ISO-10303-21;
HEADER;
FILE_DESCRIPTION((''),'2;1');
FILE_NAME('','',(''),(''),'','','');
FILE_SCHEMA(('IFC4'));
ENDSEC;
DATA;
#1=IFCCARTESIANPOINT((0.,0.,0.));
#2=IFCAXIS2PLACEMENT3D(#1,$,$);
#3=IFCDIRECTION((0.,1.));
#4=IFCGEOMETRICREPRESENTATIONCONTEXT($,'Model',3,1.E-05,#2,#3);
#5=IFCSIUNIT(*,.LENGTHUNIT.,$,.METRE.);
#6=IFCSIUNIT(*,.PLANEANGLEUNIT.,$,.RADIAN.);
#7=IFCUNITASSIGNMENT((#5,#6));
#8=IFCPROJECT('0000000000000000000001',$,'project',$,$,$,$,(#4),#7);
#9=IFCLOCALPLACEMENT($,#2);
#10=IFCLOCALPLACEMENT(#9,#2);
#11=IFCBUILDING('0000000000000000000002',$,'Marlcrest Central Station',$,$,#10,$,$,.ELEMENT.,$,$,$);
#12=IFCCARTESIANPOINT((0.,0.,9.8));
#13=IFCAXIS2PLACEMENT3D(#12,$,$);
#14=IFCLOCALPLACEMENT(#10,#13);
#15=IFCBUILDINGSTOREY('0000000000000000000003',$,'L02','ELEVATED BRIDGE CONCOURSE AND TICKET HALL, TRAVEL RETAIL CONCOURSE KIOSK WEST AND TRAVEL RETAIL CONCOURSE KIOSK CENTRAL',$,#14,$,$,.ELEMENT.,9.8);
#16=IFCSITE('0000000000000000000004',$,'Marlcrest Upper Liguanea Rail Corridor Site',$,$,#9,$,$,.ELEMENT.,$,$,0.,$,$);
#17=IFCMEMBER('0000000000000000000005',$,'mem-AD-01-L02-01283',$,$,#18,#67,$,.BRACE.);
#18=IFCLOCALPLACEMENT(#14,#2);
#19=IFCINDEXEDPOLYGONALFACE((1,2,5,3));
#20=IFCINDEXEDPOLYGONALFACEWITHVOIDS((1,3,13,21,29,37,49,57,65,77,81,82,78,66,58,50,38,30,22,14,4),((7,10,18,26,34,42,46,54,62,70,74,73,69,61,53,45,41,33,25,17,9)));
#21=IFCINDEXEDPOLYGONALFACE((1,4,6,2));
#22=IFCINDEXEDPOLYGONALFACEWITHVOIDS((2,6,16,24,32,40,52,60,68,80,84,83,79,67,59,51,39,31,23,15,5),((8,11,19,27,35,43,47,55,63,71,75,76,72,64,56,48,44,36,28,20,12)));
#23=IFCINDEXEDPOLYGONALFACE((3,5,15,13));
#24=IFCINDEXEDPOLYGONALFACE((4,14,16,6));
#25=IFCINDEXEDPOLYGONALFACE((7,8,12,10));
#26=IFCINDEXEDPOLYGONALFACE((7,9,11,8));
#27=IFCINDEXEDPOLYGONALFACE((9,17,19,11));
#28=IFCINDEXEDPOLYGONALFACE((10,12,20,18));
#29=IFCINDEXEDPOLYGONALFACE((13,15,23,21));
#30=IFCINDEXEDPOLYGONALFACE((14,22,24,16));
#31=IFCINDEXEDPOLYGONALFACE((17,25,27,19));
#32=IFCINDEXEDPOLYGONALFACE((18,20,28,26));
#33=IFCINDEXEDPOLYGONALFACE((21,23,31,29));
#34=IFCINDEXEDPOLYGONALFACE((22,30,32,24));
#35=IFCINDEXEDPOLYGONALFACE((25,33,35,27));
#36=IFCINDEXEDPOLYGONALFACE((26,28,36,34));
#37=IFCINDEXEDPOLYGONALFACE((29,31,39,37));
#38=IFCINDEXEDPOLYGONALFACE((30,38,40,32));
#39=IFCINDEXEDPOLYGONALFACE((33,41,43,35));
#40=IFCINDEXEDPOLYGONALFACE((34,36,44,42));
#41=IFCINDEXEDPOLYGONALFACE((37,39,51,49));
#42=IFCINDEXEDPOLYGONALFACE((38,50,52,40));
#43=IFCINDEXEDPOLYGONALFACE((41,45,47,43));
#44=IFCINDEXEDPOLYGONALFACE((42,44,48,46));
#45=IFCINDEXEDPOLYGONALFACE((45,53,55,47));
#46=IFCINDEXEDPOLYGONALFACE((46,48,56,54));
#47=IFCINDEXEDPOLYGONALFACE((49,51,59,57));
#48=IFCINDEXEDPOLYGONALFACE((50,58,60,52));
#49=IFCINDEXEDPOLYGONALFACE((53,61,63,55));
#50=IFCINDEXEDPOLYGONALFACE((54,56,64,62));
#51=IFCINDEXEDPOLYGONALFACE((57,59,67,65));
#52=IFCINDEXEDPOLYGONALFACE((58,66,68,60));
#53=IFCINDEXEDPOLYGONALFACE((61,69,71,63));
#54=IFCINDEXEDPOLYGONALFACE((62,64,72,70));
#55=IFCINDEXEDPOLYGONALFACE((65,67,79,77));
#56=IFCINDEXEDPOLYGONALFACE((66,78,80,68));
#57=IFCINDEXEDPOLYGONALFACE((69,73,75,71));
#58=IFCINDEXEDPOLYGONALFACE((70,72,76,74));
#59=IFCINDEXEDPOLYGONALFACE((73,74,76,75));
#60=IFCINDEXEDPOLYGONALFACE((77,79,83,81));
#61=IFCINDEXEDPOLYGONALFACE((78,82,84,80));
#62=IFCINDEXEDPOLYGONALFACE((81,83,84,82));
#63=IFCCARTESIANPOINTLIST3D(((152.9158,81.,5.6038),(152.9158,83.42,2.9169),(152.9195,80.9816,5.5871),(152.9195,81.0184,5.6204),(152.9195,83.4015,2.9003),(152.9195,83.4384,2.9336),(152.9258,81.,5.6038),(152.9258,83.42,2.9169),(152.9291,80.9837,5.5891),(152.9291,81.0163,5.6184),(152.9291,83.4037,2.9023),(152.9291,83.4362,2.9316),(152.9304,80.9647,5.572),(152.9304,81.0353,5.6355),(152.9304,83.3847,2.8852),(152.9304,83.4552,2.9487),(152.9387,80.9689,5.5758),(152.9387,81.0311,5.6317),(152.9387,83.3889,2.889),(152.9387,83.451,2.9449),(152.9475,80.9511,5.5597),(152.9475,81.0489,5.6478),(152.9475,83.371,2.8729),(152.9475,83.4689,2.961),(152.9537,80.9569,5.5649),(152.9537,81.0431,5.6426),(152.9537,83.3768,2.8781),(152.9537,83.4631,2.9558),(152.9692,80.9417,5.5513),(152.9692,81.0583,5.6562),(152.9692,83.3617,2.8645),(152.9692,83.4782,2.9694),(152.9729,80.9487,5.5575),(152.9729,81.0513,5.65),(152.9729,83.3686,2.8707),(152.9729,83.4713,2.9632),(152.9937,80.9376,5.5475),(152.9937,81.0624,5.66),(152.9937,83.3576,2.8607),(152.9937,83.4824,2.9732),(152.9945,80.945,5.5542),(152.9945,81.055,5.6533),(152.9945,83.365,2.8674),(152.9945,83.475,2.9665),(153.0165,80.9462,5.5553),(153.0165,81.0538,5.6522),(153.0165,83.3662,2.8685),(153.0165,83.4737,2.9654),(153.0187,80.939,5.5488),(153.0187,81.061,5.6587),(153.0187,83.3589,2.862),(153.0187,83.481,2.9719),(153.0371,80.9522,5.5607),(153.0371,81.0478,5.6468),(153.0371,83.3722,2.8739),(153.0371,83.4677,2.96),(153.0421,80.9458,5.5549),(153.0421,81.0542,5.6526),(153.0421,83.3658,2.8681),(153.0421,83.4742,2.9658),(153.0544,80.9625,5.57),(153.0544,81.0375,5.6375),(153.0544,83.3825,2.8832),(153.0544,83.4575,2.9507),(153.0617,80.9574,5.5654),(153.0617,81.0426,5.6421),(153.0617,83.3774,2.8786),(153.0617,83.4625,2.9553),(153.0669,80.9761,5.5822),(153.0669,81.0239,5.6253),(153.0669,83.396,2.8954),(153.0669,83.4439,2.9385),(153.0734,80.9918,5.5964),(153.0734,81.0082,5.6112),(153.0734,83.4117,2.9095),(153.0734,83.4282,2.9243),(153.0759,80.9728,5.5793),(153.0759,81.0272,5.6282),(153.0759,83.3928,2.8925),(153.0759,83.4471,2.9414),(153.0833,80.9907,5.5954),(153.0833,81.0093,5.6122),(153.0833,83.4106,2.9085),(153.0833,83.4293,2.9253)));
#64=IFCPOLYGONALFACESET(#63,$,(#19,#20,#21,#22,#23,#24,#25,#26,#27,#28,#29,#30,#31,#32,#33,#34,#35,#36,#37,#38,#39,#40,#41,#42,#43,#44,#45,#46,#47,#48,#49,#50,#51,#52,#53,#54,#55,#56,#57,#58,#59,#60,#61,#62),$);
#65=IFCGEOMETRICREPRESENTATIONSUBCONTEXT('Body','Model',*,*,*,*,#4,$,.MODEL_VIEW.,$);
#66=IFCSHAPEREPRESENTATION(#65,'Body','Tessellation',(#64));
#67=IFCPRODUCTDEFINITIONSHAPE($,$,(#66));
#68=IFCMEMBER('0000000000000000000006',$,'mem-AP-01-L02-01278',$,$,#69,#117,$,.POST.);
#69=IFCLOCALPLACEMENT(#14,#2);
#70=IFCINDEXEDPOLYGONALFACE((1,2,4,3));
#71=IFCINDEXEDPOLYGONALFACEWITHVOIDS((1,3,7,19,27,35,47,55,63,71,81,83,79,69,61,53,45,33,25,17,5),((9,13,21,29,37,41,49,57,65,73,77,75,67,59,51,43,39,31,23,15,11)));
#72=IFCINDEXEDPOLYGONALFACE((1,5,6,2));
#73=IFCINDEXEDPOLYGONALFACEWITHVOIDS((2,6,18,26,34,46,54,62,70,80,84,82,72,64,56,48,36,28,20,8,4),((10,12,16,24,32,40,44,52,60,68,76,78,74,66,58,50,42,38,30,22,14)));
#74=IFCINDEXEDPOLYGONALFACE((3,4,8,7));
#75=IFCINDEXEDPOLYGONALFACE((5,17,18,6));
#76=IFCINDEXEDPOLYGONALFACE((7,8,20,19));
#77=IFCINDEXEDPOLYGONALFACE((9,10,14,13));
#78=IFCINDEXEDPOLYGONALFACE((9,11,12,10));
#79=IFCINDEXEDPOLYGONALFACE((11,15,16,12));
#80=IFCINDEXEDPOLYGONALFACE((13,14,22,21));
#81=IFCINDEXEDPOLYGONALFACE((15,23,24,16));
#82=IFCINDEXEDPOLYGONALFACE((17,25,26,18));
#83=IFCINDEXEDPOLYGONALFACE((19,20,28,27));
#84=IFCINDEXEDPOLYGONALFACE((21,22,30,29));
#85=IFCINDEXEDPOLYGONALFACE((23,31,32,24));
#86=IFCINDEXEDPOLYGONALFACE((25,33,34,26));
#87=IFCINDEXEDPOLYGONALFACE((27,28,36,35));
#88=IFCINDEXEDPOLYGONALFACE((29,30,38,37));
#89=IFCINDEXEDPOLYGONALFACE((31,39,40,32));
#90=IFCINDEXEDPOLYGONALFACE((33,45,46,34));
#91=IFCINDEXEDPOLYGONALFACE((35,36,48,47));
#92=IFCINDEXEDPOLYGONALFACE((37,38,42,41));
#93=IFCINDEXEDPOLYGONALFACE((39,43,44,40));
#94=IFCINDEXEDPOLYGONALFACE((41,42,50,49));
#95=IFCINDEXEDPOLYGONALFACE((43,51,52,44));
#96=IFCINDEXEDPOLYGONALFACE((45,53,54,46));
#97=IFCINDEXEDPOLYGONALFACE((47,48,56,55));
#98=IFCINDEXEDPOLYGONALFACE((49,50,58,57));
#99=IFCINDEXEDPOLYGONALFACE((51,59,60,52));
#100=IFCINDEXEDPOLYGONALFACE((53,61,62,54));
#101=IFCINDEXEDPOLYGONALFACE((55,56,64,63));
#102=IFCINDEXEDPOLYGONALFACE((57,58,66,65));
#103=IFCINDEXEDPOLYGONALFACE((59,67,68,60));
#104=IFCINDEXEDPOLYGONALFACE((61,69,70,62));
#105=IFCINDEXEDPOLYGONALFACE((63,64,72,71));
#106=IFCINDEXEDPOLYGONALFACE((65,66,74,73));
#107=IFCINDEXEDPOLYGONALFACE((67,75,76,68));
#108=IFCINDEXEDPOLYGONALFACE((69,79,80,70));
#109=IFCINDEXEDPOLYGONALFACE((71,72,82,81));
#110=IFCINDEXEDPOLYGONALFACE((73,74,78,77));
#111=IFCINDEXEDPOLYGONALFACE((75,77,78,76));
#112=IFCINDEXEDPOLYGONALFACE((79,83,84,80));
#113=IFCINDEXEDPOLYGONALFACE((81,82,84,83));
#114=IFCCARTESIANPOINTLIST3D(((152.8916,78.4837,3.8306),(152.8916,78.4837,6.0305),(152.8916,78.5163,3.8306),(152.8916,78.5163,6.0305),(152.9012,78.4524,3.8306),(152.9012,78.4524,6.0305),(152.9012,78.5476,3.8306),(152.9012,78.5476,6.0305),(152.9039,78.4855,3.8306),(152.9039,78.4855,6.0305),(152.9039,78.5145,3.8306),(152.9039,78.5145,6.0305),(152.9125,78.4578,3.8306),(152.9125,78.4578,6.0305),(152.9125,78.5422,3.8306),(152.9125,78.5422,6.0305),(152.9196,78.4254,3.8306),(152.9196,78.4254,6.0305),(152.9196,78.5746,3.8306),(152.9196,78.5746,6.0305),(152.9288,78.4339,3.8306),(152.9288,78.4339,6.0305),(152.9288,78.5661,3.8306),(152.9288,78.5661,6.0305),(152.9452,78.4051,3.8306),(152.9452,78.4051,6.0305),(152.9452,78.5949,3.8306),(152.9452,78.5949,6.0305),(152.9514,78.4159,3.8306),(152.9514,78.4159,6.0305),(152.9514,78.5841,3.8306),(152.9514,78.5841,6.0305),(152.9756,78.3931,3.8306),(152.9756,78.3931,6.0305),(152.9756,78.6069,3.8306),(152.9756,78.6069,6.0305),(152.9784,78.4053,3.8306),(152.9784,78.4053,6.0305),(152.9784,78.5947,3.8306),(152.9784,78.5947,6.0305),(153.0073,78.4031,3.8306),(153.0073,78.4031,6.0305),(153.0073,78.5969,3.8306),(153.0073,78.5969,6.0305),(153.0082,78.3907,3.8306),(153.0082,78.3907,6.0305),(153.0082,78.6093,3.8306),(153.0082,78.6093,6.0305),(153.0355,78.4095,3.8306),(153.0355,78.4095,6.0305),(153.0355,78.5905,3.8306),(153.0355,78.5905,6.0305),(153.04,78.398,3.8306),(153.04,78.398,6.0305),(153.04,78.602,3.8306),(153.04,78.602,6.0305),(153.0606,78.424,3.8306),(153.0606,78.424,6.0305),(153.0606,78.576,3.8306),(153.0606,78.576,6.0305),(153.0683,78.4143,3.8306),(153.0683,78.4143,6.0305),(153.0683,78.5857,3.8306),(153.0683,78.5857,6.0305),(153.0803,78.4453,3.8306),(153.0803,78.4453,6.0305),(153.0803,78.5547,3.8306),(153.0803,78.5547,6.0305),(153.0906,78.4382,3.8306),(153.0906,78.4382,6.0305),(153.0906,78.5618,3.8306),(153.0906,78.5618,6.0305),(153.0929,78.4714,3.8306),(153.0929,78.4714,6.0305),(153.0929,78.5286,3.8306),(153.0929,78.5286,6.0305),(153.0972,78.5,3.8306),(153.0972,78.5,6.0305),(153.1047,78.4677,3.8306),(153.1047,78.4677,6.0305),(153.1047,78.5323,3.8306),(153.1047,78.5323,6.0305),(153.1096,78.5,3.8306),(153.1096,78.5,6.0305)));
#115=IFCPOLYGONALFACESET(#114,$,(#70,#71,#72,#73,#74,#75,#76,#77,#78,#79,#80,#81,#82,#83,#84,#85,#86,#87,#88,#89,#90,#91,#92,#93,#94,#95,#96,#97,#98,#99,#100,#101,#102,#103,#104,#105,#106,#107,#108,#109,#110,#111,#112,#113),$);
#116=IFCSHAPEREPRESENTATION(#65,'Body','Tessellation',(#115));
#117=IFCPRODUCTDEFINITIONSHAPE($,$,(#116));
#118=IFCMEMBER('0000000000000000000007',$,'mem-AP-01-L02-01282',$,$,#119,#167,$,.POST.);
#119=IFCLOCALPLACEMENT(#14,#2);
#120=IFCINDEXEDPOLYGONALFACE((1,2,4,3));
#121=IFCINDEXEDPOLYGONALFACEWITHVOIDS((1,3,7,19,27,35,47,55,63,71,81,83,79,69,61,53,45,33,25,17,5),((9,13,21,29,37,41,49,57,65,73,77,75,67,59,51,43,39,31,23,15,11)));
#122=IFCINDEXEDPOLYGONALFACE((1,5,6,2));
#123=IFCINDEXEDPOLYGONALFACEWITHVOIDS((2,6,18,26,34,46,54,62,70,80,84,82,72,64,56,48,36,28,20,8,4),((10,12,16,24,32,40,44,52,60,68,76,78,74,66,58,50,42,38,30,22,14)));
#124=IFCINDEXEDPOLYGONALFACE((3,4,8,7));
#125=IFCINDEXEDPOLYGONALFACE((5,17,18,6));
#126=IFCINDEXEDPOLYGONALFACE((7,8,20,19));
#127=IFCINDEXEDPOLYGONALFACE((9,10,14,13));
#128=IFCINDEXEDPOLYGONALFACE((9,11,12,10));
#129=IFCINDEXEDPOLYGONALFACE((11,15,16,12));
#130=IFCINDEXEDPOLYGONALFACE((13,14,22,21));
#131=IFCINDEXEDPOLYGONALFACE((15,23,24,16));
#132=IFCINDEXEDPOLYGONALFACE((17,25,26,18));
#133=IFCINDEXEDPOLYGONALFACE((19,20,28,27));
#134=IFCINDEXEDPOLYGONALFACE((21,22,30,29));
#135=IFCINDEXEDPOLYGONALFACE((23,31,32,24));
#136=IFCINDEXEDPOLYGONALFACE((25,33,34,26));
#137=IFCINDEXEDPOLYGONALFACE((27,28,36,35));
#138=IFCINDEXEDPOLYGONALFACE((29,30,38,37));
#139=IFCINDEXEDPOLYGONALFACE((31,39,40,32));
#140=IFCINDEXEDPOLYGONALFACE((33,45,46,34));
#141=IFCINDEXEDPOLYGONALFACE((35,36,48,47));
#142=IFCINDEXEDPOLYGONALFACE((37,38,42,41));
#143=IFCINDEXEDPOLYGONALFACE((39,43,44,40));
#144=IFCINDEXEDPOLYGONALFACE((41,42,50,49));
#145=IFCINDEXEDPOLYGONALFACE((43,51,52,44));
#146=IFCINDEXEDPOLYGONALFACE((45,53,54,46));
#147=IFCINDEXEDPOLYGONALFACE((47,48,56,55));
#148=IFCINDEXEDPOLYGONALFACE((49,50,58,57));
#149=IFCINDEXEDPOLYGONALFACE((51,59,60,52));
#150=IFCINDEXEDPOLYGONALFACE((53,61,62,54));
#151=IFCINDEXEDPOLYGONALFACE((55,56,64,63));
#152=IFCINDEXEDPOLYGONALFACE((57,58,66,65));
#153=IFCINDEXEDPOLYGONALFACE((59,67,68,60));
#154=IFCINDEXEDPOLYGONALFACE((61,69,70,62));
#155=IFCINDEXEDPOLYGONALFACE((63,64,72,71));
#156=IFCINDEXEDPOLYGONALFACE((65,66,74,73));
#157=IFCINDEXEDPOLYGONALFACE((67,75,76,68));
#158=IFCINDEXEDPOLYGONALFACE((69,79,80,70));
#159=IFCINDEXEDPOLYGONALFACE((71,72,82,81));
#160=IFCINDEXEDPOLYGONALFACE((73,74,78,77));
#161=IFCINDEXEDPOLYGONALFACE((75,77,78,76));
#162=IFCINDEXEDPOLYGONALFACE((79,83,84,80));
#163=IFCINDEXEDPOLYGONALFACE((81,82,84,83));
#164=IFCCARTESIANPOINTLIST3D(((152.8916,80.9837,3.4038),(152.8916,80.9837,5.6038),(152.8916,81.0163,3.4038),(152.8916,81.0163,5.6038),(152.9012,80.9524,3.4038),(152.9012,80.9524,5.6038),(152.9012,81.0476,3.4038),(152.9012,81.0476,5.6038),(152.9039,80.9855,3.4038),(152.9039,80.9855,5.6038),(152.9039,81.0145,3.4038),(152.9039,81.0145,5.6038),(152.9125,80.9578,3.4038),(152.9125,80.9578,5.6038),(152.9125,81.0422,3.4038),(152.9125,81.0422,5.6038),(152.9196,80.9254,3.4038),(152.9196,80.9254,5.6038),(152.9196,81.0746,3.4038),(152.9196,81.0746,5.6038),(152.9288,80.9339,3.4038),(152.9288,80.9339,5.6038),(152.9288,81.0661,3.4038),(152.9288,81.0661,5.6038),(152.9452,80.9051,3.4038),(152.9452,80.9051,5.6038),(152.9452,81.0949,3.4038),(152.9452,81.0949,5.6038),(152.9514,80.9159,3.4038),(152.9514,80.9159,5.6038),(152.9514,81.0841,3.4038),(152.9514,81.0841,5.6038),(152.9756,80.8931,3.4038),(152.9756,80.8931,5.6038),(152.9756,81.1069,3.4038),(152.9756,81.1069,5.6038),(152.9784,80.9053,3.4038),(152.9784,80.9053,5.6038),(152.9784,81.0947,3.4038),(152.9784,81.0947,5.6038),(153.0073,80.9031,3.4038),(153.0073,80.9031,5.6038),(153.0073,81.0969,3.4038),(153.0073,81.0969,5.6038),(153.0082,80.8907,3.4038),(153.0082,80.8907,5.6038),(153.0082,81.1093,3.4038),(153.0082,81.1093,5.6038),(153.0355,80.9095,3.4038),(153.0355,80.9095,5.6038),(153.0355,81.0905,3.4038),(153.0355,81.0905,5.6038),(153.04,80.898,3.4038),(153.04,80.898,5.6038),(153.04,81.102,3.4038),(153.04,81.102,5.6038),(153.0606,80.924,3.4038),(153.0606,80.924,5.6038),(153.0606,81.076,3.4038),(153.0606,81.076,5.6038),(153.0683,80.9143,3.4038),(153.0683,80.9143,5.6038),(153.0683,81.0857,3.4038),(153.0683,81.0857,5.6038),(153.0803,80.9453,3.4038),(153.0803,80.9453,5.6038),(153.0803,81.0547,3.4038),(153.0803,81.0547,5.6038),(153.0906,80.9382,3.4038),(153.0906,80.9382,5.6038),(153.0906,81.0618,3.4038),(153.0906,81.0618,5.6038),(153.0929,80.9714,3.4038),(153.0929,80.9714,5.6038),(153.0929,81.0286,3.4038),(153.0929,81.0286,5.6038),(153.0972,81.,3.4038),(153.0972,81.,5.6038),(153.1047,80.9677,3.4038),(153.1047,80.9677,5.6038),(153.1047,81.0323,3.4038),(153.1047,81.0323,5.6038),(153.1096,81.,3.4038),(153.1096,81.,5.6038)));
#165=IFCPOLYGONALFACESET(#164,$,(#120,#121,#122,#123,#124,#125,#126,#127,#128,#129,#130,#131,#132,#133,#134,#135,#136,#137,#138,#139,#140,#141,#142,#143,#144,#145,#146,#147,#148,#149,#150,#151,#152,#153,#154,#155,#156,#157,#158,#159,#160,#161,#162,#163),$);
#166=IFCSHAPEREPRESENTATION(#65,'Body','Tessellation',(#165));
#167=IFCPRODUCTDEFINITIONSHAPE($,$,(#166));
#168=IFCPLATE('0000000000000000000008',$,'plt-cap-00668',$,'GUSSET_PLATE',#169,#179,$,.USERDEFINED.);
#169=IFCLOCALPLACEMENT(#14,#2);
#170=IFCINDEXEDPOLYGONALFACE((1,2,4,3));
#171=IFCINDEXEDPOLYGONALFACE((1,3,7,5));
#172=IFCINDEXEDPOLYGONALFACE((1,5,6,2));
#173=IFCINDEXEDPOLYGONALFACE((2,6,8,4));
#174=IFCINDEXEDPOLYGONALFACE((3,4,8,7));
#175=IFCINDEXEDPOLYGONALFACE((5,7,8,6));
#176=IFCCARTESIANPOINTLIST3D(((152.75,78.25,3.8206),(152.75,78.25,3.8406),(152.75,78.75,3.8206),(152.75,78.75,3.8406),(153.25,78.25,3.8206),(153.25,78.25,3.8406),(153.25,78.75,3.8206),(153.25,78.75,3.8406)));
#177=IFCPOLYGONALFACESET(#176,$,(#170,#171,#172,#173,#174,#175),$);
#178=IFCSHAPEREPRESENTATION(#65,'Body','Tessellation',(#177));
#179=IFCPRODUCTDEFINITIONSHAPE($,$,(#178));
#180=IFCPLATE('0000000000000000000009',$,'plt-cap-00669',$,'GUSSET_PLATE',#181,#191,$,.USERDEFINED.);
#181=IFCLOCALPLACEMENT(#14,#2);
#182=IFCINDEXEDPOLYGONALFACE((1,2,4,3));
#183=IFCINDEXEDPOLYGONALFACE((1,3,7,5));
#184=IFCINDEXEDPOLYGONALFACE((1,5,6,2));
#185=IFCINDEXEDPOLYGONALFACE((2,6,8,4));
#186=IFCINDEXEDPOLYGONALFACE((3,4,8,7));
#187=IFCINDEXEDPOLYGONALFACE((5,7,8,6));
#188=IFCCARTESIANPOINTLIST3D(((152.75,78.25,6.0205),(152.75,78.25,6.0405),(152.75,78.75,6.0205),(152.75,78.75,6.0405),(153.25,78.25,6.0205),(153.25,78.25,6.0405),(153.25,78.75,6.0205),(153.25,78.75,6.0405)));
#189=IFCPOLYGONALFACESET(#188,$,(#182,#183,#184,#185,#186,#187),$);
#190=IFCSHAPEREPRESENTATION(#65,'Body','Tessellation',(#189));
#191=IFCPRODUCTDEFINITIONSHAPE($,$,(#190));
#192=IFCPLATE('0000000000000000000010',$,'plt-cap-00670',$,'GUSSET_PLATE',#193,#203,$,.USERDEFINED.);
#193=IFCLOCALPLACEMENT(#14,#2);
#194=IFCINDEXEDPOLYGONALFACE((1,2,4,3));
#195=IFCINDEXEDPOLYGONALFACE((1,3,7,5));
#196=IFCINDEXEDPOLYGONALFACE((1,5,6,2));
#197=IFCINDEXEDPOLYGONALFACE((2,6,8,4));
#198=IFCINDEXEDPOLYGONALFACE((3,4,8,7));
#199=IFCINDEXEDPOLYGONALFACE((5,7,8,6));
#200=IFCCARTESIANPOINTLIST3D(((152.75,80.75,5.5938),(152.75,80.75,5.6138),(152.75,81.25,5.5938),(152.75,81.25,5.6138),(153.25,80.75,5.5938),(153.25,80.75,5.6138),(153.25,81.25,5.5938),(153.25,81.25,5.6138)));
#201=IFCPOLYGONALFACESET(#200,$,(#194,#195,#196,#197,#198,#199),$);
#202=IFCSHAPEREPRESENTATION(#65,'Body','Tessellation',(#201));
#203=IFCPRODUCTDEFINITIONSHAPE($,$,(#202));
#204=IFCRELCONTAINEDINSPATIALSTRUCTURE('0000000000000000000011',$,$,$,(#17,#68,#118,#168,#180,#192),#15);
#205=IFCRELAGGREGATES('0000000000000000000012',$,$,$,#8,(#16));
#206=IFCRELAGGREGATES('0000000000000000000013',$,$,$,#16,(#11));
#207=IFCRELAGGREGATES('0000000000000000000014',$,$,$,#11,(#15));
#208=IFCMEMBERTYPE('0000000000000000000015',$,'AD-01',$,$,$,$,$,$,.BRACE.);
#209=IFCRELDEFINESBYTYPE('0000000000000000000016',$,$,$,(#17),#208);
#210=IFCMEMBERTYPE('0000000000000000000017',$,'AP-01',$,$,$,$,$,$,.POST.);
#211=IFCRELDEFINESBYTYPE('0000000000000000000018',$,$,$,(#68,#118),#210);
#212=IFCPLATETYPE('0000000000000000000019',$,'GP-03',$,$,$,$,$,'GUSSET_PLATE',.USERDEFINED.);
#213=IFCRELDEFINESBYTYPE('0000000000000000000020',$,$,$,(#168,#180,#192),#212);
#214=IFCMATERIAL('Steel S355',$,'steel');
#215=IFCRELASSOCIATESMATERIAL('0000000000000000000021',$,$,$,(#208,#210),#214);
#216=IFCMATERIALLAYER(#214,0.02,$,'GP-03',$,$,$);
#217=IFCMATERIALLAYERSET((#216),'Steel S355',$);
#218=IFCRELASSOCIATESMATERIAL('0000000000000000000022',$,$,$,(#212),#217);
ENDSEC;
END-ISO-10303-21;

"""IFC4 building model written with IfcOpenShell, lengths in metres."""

from ifc_helpers import new_model, si_unit, direction, frame, origin, origin_2d, place, context, subcontext, project, spatial, rectangle, hollow_circle, extrude, material, layer, layer_set, material_profile, profile_set, type_object, element, save


model = new_model("IFC4")

# Units and contexts
model_context = context("Model", 3, precision=1e-05, world=origin(), true_north=direction((0.0, 1.0)))
body_context = subcontext(model_context, "Body", "Model", "MODEL_VIEW")
ifc_project = project(units=[si_unit("LENGTHUNIT", "METRE"), si_unit("PLANEANGLEUNIT", "RADIAN")], contexts=[model_context])

# Site, building, storey
site_placement = place(None, origin())
site = spatial("IfcSite", under=ifc_project, at=site_placement, Name="Marlcrest Upper Liguanea Rail Corridor Site", CompositionType="ELEMENT", RefElevation=0.0)
building_placement = place(site_placement, origin())
building = spatial("IfcBuilding", under=site, at=building_placement, Name="Marlcrest Central Station", CompositionType="ELEMENT")
storey_placement = place(building_placement, frame((0.0, 0.0, 9.8)))
storey = spatial("IfcBuildingStorey", under=building, at=storey_placement, Name="L02", Description="ELEVATED BRIDGE CONCOURSE AND TICKET HALL, TRAVEL RETAIL CONCOURSE KIOSK WEST AND TRAVEL RETAIL CONCOURSE KIOSK CENTRAL", CompositionType="ELEMENT", Elevation=9.8)

# Members
ifc_material_1 = material(Name="Steel S355", Category="steel")
ifc_material_profile_1 = material_profile(ifc_material_1, hollow_circle(Radius=0.0842, WallThickness=0.01, at=origin_2d()), Name="CHS 168.3x10")
ifc_profile_set_1 = profile_set([ifc_material_profile_1], Name="Steel S355")
member_type_1 = type_object("IfcMemberType", Name="AD-01", PredefinedType="BRACE", material=ifc_profile_set_1)
member_1_placement = place(storey_placement, frame((153.0, 81.0, 5.6038), z_axis=(0.0, 0.669244, -0.743042), x_axis=(-1.0, 0.0, 0.0)))
element("IfcMember", 1, at=member_1_placement, inside=storey, type_object=member_type_1, Name="mem-AD-01-L02-01283", PredefinedType="BRACE", context=body_context, shape_type="SweptSolid", body=[
    extrude(hollow_circle(Radius=0.0842, WallThickness=0.01, at=origin_2d()), origin(), (0.0, 0.0, 1.0), 3.616),
])
ifc_material_profile_2 = material_profile(ifc_material_1, hollow_circle(Radius=0.1096, WallThickness=0.0125, at=origin_2d()), Name="CHS 219.1x12.5")
ifc_profile_set_2 = profile_set([ifc_material_profile_2], Name="Steel S355")
member_type_2 = type_object("IfcMemberType", Name="AP-01", PredefinedType="POST", material=ifc_profile_set_2)
for number, where, z_axis, x_axis, name in (
    (2, (153.0, 78.5, 3.8306), (0.0, 0.0, 1.0), (1.0, 0.0, 0.0), "mem-AP-01-L02-01278"),
    (3, (153.0, 81.0, 3.4038), (0.0, 0.0, 1.0), (1.0, 0.0, 0.0), "mem-AP-01-L02-01282"),
):
    element("IfcMember", number, at=place(storey_placement, frame(where, z_axis=z_axis, x_axis=x_axis)), inside=storey, type_object=member_type_2, Name=name, PredefinedType="POST", context=body_context, shape_type="SweptSolid", body=[
        extrude(hollow_circle(Radius=0.1096, WallThickness=0.0125, at=origin_2d()), origin(), (0.0, 0.0, 1.0), 2.2),
    ])

# Plates
ifc_layer_1 = layer(ifc_material_1, 0.02, Name="GP-03")
ifc_layer_set_1 = layer_set([ifc_layer_1], Name="Steel S355")
plate_type = type_object("IfcPlateType", Name="GP-03", ElementType="GUSSET_PLATE", PredefinedType="USERDEFINED", material=ifc_layer_set_1)
for number, where, z_axis, x_axis, name in (
    (4, (153.0, 78.5, 3.8206), (0.0, 0.0, 1.0), (1.0, 0.0, 0.0), "plt-cap-00668"),
    (5, (153.0, 78.5, 6.0205), (0.0, 0.0, 1.0), (1.0, 0.0, 0.0), "plt-cap-00669"),
    (6, (153.0, 81.0, 5.5938), (0.0, 0.0, 1.0), (1.0, 0.0, 0.0), "plt-cap-00670"),
):
    element("IfcPlate", number, at=place(storey_placement, frame(where, z_axis=z_axis, x_axis=x_axis)), inside=storey, type_object=plate_type, Name=name, ObjectType="GUSSET_PLATE", PredefinedType="USERDEFINED", context=body_context, shape_type="SweptSolid", body=[
        extrude(rectangle(XDim=0.5, YDim=0.5, at=origin_2d()), origin(), (0.0, 0.0, 1.0), 0.02),
    ])

save(model, "model.ifc")
